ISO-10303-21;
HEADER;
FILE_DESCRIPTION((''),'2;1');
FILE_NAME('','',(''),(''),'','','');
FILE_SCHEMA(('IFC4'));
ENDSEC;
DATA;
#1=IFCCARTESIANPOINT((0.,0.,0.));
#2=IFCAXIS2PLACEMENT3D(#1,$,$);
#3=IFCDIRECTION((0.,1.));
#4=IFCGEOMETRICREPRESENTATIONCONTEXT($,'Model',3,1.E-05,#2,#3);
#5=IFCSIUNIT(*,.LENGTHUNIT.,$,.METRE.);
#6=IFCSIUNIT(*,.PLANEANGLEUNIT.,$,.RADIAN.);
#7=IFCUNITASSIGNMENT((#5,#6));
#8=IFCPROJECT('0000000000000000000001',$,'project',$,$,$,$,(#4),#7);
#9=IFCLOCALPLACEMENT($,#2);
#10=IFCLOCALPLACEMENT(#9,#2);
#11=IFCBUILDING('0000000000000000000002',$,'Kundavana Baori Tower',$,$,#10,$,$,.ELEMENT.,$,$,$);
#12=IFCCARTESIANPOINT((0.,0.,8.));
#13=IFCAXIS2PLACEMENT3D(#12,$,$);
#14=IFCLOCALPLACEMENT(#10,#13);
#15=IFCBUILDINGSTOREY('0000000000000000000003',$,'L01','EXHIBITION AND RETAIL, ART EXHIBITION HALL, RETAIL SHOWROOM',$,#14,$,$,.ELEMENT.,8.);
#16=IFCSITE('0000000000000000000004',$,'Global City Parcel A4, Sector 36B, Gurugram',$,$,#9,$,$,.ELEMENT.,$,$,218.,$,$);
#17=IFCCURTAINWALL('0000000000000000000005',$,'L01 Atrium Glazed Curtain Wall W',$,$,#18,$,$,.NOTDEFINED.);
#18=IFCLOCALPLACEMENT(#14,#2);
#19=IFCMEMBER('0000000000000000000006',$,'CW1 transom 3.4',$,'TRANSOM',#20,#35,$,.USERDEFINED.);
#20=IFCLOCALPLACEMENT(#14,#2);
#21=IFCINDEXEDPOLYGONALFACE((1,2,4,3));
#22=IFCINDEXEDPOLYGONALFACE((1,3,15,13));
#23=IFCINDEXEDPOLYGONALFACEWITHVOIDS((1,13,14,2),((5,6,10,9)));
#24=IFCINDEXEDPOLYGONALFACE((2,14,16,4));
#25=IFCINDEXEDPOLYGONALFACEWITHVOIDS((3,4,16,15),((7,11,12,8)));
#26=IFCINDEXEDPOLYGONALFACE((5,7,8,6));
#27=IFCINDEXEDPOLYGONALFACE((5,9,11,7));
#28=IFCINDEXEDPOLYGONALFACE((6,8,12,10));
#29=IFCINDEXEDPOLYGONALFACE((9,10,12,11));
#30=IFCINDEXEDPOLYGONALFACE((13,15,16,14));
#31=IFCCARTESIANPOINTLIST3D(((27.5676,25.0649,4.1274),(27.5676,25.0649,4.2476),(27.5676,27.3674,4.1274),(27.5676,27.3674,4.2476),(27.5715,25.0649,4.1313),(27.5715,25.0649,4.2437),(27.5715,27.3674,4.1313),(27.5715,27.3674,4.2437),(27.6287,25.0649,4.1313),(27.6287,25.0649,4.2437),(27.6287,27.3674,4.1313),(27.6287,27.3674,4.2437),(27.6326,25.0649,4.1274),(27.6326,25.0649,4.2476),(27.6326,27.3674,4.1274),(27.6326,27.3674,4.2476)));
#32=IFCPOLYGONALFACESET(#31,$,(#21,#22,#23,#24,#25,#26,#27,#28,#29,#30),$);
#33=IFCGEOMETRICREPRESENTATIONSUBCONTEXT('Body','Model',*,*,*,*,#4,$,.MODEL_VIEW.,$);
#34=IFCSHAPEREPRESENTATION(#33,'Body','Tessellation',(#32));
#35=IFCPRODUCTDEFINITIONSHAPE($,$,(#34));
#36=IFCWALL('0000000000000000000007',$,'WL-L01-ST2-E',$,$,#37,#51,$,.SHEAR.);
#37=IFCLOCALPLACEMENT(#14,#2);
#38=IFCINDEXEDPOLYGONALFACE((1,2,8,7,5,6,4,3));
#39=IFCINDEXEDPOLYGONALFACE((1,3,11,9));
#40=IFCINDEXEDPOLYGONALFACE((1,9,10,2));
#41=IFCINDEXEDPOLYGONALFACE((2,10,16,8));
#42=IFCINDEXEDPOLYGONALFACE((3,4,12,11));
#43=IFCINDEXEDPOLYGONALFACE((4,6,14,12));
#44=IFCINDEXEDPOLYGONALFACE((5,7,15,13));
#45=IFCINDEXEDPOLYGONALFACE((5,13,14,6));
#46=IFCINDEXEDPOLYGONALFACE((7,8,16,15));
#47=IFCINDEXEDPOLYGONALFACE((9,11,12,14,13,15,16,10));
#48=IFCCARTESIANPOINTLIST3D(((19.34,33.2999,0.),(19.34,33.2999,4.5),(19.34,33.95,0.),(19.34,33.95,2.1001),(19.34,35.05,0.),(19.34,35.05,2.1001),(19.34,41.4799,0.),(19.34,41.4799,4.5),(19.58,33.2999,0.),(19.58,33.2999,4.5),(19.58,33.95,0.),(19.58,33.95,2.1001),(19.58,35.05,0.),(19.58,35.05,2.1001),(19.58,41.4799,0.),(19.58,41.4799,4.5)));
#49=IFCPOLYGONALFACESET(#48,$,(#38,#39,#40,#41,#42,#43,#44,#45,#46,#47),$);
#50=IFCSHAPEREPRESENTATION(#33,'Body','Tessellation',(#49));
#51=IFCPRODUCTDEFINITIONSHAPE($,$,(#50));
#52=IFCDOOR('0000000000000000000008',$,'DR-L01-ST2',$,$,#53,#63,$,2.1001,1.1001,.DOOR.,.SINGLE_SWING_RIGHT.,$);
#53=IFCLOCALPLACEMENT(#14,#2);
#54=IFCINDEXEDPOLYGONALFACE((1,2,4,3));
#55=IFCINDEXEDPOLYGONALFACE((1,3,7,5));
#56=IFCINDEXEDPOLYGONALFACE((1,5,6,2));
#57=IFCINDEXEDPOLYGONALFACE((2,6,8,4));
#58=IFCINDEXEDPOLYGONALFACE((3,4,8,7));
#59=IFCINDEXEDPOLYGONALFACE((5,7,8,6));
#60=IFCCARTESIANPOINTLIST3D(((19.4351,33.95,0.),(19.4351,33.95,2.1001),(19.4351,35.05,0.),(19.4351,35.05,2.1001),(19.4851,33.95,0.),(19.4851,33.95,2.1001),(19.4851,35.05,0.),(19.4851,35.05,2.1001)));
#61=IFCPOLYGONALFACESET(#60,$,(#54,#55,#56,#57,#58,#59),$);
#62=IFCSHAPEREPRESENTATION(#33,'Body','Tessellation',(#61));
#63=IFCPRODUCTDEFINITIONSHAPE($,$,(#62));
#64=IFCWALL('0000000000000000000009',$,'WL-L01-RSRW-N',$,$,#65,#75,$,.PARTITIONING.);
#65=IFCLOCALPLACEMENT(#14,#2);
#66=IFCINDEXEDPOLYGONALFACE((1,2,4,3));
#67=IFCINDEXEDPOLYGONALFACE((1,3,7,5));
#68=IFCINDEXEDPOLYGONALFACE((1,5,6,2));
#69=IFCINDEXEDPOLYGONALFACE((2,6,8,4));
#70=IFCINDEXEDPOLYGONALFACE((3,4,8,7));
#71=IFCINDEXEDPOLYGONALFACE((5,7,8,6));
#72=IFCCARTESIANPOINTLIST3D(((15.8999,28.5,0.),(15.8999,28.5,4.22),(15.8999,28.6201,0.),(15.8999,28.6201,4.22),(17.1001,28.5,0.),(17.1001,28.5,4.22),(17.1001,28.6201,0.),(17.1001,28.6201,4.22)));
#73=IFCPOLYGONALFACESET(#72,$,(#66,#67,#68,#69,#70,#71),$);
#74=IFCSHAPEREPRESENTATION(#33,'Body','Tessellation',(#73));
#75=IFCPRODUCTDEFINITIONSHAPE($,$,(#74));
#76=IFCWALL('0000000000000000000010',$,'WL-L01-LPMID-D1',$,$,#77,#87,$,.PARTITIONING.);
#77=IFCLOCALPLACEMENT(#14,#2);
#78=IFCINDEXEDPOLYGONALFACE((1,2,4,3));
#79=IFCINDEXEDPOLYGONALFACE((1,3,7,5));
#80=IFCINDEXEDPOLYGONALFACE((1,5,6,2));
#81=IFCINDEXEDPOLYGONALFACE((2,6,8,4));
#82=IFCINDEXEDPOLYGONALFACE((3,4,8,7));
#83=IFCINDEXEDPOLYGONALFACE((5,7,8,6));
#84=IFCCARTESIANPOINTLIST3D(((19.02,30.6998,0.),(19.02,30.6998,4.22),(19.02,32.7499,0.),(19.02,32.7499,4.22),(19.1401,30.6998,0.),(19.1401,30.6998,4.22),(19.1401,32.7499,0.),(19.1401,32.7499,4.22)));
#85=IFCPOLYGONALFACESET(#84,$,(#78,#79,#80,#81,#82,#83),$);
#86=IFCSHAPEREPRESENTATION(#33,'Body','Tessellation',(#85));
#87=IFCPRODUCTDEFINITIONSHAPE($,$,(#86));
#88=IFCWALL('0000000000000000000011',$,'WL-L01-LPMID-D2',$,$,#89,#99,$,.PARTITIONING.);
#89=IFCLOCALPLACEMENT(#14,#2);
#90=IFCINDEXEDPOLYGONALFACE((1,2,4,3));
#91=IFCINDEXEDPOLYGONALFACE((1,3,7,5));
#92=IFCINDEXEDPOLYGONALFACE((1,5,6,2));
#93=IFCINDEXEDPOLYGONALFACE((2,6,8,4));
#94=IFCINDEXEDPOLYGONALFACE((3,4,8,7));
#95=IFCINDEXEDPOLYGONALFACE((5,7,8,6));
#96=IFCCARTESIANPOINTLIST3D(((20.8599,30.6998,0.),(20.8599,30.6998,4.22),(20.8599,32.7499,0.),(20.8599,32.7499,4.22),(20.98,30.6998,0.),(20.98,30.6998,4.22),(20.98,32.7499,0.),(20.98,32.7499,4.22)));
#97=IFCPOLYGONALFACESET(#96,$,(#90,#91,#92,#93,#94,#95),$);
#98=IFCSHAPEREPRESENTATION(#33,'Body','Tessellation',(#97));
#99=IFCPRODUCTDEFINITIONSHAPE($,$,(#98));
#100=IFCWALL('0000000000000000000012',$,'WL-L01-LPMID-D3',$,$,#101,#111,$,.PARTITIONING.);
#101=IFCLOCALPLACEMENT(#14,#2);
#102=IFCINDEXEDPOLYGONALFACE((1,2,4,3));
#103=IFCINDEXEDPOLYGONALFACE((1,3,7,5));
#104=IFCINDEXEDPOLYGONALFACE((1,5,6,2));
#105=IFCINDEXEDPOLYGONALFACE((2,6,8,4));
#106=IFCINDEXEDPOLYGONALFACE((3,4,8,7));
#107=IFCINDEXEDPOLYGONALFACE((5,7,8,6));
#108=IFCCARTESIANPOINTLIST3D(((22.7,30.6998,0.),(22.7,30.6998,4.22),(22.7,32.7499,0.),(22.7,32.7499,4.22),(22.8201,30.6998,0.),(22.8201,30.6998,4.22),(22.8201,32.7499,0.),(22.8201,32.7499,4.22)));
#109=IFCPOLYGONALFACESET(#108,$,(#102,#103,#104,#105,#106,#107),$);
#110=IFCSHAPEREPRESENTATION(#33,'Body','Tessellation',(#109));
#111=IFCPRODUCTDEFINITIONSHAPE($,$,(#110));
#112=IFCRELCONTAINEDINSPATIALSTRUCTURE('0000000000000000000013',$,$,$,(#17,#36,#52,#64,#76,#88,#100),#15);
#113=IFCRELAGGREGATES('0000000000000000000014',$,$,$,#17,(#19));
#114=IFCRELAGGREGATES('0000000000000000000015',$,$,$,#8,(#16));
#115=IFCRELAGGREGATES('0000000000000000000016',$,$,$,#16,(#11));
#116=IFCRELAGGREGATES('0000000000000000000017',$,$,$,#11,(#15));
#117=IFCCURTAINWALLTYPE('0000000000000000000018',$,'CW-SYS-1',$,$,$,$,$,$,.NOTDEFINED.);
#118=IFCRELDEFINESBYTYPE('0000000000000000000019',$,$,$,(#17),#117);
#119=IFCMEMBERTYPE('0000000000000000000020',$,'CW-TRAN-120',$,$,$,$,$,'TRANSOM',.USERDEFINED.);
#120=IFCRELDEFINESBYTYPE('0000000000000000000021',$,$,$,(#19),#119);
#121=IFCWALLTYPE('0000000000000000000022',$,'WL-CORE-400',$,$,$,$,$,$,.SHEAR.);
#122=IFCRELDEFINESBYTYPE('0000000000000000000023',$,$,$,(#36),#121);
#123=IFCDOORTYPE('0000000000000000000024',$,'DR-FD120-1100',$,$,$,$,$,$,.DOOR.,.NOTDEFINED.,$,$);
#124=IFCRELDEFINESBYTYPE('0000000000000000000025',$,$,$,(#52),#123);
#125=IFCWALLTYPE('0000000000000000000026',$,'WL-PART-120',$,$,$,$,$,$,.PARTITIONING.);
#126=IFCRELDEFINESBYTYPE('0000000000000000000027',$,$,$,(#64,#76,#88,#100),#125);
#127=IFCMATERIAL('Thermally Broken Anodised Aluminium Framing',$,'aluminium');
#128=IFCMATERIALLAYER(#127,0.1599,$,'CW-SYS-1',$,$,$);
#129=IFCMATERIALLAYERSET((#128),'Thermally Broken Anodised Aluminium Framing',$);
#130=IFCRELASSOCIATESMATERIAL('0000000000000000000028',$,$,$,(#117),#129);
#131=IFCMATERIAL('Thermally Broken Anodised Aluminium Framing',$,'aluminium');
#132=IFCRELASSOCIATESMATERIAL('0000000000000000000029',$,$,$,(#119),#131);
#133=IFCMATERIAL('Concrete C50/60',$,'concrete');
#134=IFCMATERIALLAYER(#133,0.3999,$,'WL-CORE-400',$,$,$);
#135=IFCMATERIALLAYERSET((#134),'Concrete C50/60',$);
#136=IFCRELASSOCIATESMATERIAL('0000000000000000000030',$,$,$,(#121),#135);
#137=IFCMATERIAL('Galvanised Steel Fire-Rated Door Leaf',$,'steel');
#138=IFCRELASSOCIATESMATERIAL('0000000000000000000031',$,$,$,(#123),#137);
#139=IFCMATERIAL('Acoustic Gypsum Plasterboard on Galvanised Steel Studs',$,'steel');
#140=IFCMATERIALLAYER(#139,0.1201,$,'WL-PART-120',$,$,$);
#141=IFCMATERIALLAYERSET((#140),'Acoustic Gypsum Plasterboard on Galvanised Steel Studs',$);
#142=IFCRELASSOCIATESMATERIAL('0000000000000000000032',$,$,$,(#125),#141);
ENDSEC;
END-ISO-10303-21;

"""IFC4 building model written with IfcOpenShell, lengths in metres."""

from ifc_helpers import new_model, si_unit, direction, frame, frame_2d, origin, origin_2d, place, context, subcontext, project, spatial, rectangle, hollow_rectangle, extrude, material, layer, layer_set, material_profile, profile_set, type_object, element, fill, aggregate, save


model = new_model("IFC4")

# Units and contexts
model_context = context("Model", 3, precision=1e-05, world=origin(), true_north=direction((0.0, 1.0)))
body_context = subcontext(model_context, "Body", "Model", "MODEL_VIEW")
ifc_project = project(units=[si_unit("LENGTHUNIT", "METRE"), si_unit("PLANEANGLEUNIT", "RADIAN")], contexts=[model_context])

# Site, building, storey
site_placement = place(None, origin())
site = spatial("IfcSite", under=ifc_project, at=site_placement, Name="Global City Parcel A4, Sector 36B, Gurugram", CompositionType="ELEMENT", RefElevation=218.0)
building_placement = place(site_placement, origin())
building = spatial("IfcBuilding", under=site, at=building_placement, Name="Kundavana Baori Tower", CompositionType="ELEMENT")
storey_placement = place(building_placement, frame((0.0, 0.0, 8.0)))
storey = spatial("IfcBuildingStorey", under=building, at=storey_placement, Name="L01", Description="EXHIBITION AND RETAIL, ART EXHIBITION HALL, RETAIL SHOWROOM", CompositionType="ELEMENT", Elevation=8.0)

# Curtain wall, member
ifc_material_1 = material(Name="Thermally Broken Anodised Aluminium Framing", Category="aluminium")
ifc_layer_1 = layer(ifc_material_1, 0.1599, Name="CW-SYS-1")
ifc_layer_set_1 = layer_set([ifc_layer_1], Name="Thermally Broken Anodised Aluminium Framing")
curtain_wall_type = type_object("IfcCurtainWallType", Name="CW-SYS-1", PredefinedType="NOTDEFINED", material=ifc_layer_set_1)
curtain_wall_placement = place(storey_placement, origin())
curtain_wall = element("IfcCurtainWall", 1, at=curtain_wall_placement, inside=storey, type_object=curtain_wall_type, Name="L01 Atrium Glazed Curtain Wall W", PredefinedType="NOTDEFINED")
ifc_material_2 = material(Name="Thermally Broken Anodised Aluminium Framing", Category="aluminium")
ifc_material_profile_1 = material_profile(ifc_material_2, hollow_rectangle(XDim=0.0649, YDim=0.1201, WallThickness=0.0039, at=origin_2d()), Name="CW-TRAN-120")
ifc_profile_set_1 = profile_set([ifc_material_profile_1], Name="Thermally Broken Anodised Aluminium Framing")
member_type = type_object("IfcMemberType", Name="CW-TRAN-120", ElementType="TRANSOM", PredefinedType="USERDEFINED", material=ifc_profile_set_1)
member_placement = place(storey_placement, frame((27.6001, 27.3674, 4.1875), z_axis=(0.0, -1.0, 0.0), x_axis=(1.0, 0.0, 0.0)))
member = element("IfcMember", 2, at=member_placement, type_object=member_type, Name="CW1 transom 3.4", ObjectType="TRANSOM", PredefinedType="USERDEFINED", context=body_context, shape_type="SweptSolid", body=[
    extrude(hollow_rectangle(XDim=0.0649, YDim=0.1201, WallThickness=0.0039, at=origin_2d()), origin(), (0.0, 0.0, 1.0), 2.3025),
])
aggregate(curtain_wall, [member])

# Wall, opening, door
ifc_material_3 = material(Name="Concrete C50/60", Category="concrete")
ifc_layer_2 = layer(ifc_material_3, 0.3999, Name="WL-CORE-400")
ifc_layer_set_2 = layer_set([ifc_layer_2], Name="Concrete C50/60")
wall_type_1 = type_object("IfcWallType", Name="WL-CORE-400", PredefinedType="SHEAR", material=ifc_layer_set_2)
wall_1_placement = place(storey_placement, frame((19.46, 33.3, 0.0), z_axis=(0.0, 0.0, 1.0), x_axis=(0.0, 1.0, 0.0)))
wall_1 = element("IfcWall", 3, at=wall_1_placement, inside=storey, type_object=wall_type_1, Name="WL-L01-ST2-E", PredefinedType="SHEAR", context=body_context, shape_type="SweptSolid", body=[
    extrude(rectangle(XDim=8.1799, YDim=0.24, at=frame_2d((4.0898, 0.0))), origin(), (0.0, 0.0, 1.0), 4.5),
])
opening_1_placement = place(wall_1_placement, frame((0.6499, 0.0, 0.0)))
opening_1 = element("IfcOpeningElement", 4, at=opening_1_placement, cuts=wall_1, PredefinedType="OPENING", context=body_context, shape_type="SweptSolid", body=[
    extrude(rectangle(XDim=1.1001, YDim=2.1001, at=frame_2d((0.55, 1.05))), frame((0.0, 0.1299, 0.0), z_axis=(0.0, -1.0, 0.0), x_axis=(1.0, 0.0, 0.0)), (0.0, 0.0, 1.0), 0.26),
])
ifc_material_4 = material(Name="Galvanised Steel Fire-Rated Door Leaf", Category="steel")
door_type_1 = type_object("IfcDoorType", Name="DR-FD120-1100", OperationType="NOTDEFINED", PredefinedType="DOOR", material=ifc_material_4)
door_1_placement = place(opening_1_placement, origin())
door_1 = element("IfcDoor", 5, at=door_1_placement, inside=storey, type_object=door_type_1, Name="DR-L01-ST2", OperationType="SINGLE_SWING_RIGHT", OverallHeight=2.1001, OverallWidth=1.1001, PredefinedType="DOOR", context=body_context, shape_type="SweptSolid", body=[
    extrude(rectangle(XDim=1.1001, YDim=2.1001, at=frame_2d((0.55, 1.05))), frame((0.0, 0.0249, 0.0), z_axis=(0.0, -1.0, 0.0), x_axis=(1.0, 0.0, 0.0)), (0.0, 0.0, 1.0), 0.05),
])
fill(opening_1, door_1)

# Walls
ifc_material_5 = material(Name="Acoustic Gypsum Plasterboard on Galvanised Steel Studs", Category="steel")
ifc_layer_3 = layer(ifc_material_5, 0.1201, Name="WL-PART-120")
ifc_layer_set_3 = layer_set([ifc_layer_3], Name="Acoustic Gypsum Plasterboard on Galvanised Steel Studs")
wall_type_2 = type_object("IfcWallType", Name="WL-PART-120", PredefinedType="PARTITIONING", material=ifc_layer_set_3)
wall_2_placement = place(storey_placement, frame((15.8999, 28.5601, 0.0), z_axis=(0.0, 0.0, 1.0), x_axis=(1.0, 0.0, 0.0)))
element("IfcWall", 6, at=wall_2_placement, inside=storey, type_object=wall_type_2, Name="WL-L01-RSRW-N", PredefinedType="PARTITIONING", context=body_context, shape_type="SweptSolid", body=[
    extrude(rectangle(XDim=1.2002, YDim=0.1201, at=frame_2d((0.6001, 0.0))), origin(), (0.0, 0.0, 1.0), 4.22),
])
for number, where, z_axis, x_axis, name in (
    (7, (19.0801, 30.7, 0.0), (0.0, 0.0, 1.0), (0.0, 1.0, 0.0), "WL-L01-LPMID-D1"),
    (8, (20.9199, 30.7, 0.0), (0.0, 0.0, 1.0), (0.0, 1.0, 0.0), "WL-L01-LPMID-D2"),
    (9, (22.76, 30.7, 0.0), (0.0, 0.0, 1.0), (0.0, 1.0, 0.0), "WL-L01-LPMID-D3"),
):
    element("IfcWall", number, at=place(storey_placement, frame(where, z_axis=z_axis, x_axis=x_axis)), inside=storey, type_object=wall_type_2, Name=name, PredefinedType="PARTITIONING", context=body_context, shape_type="SweptSolid", body=[
        extrude(rectangle(XDim=2.05, YDim=0.1201, at=frame_2d((1.0249, 0.0))), origin(), (0.0, 0.0, 1.0), 4.22),
    ])

save(model, "model.ifc")
